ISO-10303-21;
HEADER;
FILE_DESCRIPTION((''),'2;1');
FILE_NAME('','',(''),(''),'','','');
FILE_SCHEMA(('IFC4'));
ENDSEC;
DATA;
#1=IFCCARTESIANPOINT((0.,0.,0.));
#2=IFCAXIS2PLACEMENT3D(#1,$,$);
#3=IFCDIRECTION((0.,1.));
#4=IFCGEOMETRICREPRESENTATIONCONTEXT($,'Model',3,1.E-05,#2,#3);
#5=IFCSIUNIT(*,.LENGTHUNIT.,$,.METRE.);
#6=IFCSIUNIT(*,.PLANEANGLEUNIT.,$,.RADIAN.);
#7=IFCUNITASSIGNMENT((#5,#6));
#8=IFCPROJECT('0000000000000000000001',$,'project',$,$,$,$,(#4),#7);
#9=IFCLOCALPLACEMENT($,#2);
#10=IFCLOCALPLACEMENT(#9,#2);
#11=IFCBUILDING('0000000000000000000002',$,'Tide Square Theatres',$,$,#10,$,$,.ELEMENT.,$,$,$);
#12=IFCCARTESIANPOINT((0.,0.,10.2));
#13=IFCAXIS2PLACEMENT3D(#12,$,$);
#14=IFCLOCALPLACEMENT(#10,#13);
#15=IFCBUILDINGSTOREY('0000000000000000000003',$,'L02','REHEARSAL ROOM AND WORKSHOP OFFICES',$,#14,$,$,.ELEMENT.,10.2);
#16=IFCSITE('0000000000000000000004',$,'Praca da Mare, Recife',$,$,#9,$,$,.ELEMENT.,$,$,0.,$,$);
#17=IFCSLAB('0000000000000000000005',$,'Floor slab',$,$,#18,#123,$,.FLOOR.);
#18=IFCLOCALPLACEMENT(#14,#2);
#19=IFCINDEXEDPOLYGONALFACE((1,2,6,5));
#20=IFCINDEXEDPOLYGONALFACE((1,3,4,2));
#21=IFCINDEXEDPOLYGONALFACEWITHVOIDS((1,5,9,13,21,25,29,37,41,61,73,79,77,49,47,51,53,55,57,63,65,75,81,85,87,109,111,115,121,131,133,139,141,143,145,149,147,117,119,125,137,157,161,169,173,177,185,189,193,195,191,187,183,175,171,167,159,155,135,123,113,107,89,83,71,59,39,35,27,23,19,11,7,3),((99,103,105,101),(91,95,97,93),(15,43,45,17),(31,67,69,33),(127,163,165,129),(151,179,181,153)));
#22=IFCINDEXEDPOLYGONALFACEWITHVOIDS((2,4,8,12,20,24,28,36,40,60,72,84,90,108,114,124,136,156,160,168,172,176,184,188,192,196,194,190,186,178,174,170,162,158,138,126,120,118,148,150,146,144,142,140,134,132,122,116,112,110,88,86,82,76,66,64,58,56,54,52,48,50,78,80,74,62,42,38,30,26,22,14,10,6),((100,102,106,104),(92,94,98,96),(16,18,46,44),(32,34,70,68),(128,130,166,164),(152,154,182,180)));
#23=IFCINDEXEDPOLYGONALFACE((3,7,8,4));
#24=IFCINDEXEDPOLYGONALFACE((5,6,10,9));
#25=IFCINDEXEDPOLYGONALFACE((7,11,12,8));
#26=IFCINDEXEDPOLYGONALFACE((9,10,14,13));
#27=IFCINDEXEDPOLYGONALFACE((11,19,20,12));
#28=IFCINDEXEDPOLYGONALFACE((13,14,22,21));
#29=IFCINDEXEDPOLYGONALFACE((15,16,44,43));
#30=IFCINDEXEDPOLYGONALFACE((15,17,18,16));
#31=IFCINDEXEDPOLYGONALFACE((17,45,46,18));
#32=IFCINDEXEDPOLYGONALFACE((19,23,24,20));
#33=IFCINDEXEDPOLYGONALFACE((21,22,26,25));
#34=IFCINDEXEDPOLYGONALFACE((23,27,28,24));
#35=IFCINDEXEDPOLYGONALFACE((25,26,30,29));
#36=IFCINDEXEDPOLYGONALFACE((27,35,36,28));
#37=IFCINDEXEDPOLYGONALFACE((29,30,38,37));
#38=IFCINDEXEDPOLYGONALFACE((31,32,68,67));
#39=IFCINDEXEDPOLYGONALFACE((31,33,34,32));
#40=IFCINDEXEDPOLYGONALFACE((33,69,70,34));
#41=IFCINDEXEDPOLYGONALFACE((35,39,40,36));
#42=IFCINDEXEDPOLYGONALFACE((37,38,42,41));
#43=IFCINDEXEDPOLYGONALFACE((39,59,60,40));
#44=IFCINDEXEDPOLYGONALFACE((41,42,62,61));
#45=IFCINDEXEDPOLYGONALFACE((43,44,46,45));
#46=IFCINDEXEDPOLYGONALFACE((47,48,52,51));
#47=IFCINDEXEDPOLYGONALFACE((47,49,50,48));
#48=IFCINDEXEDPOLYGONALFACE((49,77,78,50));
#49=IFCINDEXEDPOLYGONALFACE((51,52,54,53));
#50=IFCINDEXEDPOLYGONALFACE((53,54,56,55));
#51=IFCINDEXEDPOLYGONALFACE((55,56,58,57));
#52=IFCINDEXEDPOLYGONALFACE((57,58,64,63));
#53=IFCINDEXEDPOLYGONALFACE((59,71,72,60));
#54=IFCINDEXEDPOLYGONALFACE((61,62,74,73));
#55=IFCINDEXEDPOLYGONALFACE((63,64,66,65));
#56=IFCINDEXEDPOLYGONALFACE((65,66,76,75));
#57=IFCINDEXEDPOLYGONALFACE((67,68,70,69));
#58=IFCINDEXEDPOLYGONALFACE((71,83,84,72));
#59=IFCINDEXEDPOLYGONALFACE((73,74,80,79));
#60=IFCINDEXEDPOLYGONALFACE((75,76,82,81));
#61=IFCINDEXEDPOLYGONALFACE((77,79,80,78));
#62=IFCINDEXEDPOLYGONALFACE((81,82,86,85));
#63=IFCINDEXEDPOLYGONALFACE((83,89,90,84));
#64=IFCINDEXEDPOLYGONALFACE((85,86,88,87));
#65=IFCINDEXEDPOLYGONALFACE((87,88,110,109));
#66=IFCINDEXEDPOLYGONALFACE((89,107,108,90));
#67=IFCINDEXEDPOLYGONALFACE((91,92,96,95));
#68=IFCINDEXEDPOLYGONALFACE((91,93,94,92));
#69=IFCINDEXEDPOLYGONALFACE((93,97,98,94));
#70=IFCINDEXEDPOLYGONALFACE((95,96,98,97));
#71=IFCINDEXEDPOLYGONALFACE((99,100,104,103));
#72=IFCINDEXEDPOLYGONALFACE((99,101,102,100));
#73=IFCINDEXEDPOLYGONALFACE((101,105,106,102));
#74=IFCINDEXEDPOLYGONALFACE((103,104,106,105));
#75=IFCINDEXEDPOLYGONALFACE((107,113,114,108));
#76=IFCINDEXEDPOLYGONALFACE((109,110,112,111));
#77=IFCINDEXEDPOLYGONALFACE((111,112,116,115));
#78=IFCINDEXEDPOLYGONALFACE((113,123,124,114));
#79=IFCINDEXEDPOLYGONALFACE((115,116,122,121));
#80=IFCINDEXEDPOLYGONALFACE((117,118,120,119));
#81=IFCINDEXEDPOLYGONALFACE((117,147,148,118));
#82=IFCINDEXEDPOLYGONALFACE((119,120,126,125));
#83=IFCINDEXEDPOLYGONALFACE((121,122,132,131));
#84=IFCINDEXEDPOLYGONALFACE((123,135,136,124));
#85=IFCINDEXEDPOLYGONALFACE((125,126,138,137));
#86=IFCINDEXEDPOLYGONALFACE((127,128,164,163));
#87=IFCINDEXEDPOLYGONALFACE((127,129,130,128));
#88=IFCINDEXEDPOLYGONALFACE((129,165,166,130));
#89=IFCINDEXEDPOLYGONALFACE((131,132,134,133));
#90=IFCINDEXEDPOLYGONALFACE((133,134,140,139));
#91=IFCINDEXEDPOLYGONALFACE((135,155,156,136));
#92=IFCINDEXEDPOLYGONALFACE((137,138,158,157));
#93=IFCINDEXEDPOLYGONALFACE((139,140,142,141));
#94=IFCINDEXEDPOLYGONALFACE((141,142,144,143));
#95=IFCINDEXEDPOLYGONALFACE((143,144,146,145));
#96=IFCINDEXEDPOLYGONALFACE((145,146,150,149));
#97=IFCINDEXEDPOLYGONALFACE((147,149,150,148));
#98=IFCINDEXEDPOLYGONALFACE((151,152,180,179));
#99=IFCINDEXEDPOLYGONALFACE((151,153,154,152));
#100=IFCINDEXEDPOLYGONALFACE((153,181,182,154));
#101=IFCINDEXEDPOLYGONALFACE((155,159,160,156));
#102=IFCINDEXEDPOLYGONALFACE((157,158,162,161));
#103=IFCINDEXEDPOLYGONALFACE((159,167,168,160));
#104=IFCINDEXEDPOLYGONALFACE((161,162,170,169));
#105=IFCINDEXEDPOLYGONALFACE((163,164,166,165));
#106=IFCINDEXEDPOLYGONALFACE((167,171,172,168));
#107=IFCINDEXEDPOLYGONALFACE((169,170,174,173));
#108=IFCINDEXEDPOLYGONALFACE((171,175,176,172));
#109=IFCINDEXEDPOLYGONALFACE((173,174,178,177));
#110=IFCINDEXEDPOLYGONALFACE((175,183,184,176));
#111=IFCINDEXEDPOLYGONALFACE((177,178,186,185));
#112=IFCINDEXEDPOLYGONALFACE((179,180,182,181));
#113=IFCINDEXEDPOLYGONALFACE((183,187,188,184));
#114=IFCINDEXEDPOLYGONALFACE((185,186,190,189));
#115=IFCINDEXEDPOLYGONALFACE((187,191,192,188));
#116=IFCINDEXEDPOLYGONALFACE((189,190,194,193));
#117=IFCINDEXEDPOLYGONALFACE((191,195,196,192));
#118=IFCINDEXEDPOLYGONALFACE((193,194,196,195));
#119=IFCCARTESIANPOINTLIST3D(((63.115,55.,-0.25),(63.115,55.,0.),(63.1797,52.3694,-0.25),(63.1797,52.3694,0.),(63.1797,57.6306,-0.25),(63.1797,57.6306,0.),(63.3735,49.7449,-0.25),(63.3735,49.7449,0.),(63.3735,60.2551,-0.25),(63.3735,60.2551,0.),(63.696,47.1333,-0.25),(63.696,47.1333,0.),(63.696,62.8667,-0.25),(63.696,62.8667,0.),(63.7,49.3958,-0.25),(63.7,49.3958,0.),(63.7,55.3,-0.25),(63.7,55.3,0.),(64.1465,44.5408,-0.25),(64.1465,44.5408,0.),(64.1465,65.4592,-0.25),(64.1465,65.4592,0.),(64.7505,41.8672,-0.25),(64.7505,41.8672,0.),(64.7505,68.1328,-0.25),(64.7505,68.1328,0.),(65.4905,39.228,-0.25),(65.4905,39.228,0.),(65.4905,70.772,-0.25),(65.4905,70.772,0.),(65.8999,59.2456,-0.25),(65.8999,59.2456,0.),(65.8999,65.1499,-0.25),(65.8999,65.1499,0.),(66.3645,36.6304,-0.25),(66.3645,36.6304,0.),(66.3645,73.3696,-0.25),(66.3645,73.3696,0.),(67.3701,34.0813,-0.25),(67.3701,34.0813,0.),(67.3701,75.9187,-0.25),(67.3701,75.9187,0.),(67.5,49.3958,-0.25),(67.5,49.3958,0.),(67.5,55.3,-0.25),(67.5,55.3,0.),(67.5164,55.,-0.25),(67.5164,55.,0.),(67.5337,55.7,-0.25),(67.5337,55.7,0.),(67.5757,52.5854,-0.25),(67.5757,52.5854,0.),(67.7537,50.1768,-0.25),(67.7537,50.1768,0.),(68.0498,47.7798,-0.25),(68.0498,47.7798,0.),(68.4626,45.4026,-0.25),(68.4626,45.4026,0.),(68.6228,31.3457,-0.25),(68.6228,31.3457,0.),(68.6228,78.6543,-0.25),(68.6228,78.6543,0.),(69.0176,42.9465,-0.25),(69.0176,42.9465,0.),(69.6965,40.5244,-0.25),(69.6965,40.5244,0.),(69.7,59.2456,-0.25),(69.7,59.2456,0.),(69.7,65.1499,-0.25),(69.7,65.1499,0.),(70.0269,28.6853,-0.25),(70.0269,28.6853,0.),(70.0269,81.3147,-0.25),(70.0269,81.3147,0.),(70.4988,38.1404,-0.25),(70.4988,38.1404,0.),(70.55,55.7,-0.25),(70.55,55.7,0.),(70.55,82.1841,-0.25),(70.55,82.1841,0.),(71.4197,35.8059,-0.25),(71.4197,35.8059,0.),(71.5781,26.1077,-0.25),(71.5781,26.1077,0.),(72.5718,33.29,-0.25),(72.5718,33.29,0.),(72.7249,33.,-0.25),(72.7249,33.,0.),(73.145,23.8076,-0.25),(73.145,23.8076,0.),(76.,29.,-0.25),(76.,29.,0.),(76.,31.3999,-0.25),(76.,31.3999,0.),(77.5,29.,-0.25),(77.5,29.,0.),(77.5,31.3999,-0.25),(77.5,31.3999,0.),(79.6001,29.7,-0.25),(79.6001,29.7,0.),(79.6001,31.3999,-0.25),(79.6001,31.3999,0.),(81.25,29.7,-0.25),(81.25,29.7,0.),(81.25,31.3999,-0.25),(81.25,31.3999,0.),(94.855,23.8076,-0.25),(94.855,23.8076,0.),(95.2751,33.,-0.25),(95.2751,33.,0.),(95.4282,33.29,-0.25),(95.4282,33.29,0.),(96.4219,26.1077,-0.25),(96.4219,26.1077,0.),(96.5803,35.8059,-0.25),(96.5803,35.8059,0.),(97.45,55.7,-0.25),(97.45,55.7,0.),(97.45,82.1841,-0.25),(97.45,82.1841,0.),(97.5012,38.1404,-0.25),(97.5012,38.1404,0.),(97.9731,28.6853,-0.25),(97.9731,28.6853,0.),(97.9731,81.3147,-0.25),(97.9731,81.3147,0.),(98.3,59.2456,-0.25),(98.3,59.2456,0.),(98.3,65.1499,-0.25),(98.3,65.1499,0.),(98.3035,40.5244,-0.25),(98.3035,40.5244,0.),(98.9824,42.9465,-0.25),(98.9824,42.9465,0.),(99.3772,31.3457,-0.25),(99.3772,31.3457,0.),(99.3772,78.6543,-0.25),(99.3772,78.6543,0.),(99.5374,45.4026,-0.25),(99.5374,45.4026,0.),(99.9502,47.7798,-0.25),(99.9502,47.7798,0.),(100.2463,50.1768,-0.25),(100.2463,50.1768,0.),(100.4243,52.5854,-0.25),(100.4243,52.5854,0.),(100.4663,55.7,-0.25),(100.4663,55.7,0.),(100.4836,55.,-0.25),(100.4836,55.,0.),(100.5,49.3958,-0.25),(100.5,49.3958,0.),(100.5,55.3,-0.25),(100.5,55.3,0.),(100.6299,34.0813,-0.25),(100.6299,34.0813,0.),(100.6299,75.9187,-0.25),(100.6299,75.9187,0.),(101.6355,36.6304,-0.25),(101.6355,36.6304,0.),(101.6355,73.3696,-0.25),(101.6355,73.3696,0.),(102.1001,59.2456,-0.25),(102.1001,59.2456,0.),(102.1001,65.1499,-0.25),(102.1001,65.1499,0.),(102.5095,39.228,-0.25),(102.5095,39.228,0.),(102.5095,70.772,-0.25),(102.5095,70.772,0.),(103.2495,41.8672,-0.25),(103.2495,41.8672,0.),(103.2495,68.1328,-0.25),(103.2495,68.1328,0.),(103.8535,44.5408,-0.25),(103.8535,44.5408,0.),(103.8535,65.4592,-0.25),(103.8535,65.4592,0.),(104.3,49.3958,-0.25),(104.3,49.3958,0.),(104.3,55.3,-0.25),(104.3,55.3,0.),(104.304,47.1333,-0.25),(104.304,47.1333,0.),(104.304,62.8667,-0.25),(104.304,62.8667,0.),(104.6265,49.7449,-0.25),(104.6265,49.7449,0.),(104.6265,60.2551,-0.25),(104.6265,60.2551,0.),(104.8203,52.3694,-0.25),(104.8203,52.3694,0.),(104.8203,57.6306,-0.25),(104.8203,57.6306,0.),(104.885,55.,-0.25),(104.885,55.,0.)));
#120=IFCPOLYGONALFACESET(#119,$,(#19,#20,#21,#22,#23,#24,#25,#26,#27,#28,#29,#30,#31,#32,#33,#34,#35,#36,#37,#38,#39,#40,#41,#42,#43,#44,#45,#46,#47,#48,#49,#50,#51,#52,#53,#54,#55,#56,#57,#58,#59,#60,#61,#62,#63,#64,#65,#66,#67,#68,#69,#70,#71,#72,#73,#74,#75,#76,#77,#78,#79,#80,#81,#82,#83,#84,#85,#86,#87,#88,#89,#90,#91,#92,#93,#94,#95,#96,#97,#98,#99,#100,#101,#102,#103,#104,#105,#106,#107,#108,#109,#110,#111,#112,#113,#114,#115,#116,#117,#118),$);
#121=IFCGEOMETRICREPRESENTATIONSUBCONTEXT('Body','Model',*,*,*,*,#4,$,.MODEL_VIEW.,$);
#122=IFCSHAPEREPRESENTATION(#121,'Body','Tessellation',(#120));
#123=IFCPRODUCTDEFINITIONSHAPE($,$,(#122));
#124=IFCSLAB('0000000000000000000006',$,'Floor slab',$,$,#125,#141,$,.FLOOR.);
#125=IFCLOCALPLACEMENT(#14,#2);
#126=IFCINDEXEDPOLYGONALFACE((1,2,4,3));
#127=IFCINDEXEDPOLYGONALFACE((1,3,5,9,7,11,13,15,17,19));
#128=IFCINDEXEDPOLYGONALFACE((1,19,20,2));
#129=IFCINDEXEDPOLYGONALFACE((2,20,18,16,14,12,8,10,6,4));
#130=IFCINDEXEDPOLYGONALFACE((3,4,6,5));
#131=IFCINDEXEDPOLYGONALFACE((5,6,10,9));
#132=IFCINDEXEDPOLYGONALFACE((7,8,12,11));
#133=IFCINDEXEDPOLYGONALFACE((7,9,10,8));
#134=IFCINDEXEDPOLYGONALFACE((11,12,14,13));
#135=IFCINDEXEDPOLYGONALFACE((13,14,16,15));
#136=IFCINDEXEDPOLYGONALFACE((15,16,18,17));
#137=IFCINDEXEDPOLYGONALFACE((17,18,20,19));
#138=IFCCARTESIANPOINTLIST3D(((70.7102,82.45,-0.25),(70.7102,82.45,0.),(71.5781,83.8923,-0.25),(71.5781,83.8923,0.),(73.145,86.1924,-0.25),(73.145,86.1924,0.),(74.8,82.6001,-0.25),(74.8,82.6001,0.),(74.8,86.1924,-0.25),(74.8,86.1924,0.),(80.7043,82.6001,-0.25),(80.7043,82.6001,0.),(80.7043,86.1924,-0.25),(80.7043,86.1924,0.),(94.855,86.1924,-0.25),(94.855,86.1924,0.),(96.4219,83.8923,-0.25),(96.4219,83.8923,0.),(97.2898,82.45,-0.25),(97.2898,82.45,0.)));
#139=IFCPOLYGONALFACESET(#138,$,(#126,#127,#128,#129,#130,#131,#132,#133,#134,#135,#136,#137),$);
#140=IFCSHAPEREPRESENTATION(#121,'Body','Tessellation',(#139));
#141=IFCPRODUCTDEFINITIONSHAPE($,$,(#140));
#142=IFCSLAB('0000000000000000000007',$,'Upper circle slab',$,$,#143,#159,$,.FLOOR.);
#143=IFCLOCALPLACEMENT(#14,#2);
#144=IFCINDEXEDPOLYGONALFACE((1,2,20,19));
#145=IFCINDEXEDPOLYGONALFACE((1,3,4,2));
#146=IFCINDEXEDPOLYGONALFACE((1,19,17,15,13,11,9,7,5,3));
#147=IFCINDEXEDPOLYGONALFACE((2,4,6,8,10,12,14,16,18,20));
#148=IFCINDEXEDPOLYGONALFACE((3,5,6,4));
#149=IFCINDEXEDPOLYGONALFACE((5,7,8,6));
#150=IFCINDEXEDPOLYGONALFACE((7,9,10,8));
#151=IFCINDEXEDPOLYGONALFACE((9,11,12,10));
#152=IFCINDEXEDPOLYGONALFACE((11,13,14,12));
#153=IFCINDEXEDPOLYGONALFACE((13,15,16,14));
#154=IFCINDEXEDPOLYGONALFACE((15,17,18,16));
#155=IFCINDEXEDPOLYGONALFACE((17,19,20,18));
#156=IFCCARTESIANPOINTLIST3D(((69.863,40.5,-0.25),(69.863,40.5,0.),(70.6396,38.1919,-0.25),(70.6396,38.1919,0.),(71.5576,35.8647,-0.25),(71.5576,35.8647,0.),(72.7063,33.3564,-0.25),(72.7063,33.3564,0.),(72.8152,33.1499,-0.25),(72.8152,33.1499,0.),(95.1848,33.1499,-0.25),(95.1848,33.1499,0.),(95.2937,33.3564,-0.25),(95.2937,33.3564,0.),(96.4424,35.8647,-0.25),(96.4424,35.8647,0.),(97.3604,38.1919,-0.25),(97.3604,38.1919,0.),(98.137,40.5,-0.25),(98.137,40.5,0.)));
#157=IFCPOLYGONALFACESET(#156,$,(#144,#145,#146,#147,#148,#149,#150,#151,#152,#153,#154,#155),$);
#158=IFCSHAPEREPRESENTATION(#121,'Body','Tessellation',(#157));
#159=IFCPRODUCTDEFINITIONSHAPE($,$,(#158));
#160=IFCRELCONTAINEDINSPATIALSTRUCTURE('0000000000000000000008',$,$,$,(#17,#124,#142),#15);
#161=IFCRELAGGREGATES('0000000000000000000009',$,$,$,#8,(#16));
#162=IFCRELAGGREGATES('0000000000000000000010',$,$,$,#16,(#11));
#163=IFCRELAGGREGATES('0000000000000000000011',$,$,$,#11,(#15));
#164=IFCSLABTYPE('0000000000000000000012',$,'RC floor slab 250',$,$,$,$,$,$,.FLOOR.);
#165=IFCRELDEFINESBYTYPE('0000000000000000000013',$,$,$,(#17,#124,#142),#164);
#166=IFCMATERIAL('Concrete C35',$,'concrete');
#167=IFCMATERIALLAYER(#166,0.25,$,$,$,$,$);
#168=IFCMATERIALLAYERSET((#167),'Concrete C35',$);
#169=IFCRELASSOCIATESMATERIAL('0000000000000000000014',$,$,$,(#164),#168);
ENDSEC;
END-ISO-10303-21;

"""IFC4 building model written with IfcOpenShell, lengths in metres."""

from ifc_helpers import new_model, si_unit, direction, frame, origin, place, context, subcontext, project, spatial, polyline, outline, extrude, material, layer, layer_set, type_object, element, save


model = new_model("IFC4")

# Units and contexts
model_context = context("Model", 3, precision=1e-05, world=origin(), true_north=direction((0.0, 1.0)))
body_context = subcontext(model_context, "Body", "Model", "MODEL_VIEW")
ifc_project = project(units=[si_unit("LENGTHUNIT", "METRE"), si_unit("PLANEANGLEUNIT", "RADIAN")], contexts=[model_context])

# Site, building, storey
site_placement = place(None, origin())
site = spatial("IfcSite", under=ifc_project, at=site_placement, Name="Praca da Mare, Recife", CompositionType="ELEMENT", RefElevation=0.0)
building_placement = place(site_placement, origin())
building = spatial("IfcBuilding", under=site, at=building_placement, Name="Tide Square Theatres", CompositionType="ELEMENT")
storey_placement = place(building_placement, frame((0.0, 0.0, 10.2)))
storey = spatial("IfcBuildingStorey", under=building, at=storey_placement, Name="L02", Description="REHEARSAL ROOM AND WORKSHOP OFFICES", CompositionType="ELEMENT", Elevation=10.2)

# Slabs
ifc_material_1 = material(Name="Concrete C35", Category="concrete")
ifc_layer_1 = layer(ifc_material_1, 0.25)
ifc_layer_set_1 = layer_set([ifc_layer_1], Name="Concrete C35")
slab_type_1 = type_object("IfcSlabType", Name="RC floor slab 250", PredefinedType="FLOOR", material=ifc_layer_set_1)
slab_1_placement = place(storey_placement, frame((0.0, 0.0, -0.25)))
element("IfcSlab", 1, at=slab_1_placement, inside=storey, type_object=slab_type_1, Name="Floor slab", PredefinedType="FLOOR", context=body_context, shape_type="SweptSolid", body=[
    extrude(outline(polyline([(64.7505, 41.8672), (65.4905, 39.228), (66.3645, 36.6304), (67.3701, 34.0813), (68.6228, 31.3457), (70.0269, 28.6853), (71.5781, 26.1077), (73.145, 23.8076), (94.855, 23.8076), (96.4219, 26.1077), (97.9731, 28.6853), (99.3772, 31.3457), (100.6299, 34.0813), (101.6355, 36.6304), (102.5095, 39.228), (103.2495, 41.8672), (103.8535, 44.5408), (104.304, 47.1333), (104.6265, 49.7449), (104.8203, 52.3694), (104.885, 55.0), (104.8203, 57.6306), (104.6265, 60.2551), (104.304, 62.8667), (103.8535, 65.4592), (103.2495, 68.1328), (102.5095, 70.772), (101.6355, 73.3696), (100.6299, 75.9187), (99.3772, 78.6543), (97.9731, 81.3147), (97.45, 82.1841), (97.45, 55.7), (100.4663, 55.7), (100.4836, 55.0), (100.4243, 52.5854), (100.2463, 50.1768), (99.9502, 47.7798), (99.5374, 45.4026), (98.9824, 42.9465), (98.3035, 40.5244), (97.5012, 38.1404), (96.5803, 35.8059), (95.4282, 33.29), (95.2751, 33.0), (72.7249, 33.0), (72.5718, 33.29), (71.4197, 35.8059), (70.4988, 38.1404), (69.6965, 40.5244), (69.0176, 42.9465), (68.4626, 45.4026), (68.0498, 47.7798), (67.7537, 50.1768), (67.5757, 52.5854), (67.5164, 55.0), (67.5337, 55.7), (70.55, 55.7), (70.55, 82.1841), (70.0269, 81.3147), (68.6228, 78.6543), (67.3701, 75.9187), (66.3645, 73.3696), (65.4905, 70.772), (64.7505, 68.1328), (64.1465, 65.4592), (63.696, 62.8667), (63.3735, 60.2551), (63.1797, 57.6306), (63.115, 55.0), (63.1797, 52.3694), (63.3735, 49.7449), (63.696, 47.1333), (64.1465, 44.5408), (64.7505, 41.8672)]), holes=[polyline([(65.8999, 59.2456), (69.7, 59.2456), (69.7, 65.1499), (65.8999, 65.1499), (65.8999, 59.2456)]), polyline([(98.3, 65.1499), (98.3, 59.2456), (102.1001, 59.2456), (102.1001, 65.1499), (98.3, 65.1499)]), polyline([(67.5, 55.3), (63.7, 55.3), (63.7, 49.3958), (67.5, 49.3958), (67.5, 55.3)]), polyline([(104.3, 49.3958), (104.3, 55.3), (100.5, 55.3), (100.5, 49.3958), (104.3, 49.3958)]), polyline([(76.0, 31.3999), (76.0, 29.0), (77.5, 29.0), (77.5, 31.3999), (76.0, 31.3999)]), polyline([(81.25, 31.3999), (79.6001, 31.3999), (79.6001, 29.7), (81.25, 29.7), (81.25, 31.3999)])]), origin(), (0.0, 0.0, 1.0), 0.25),
])
slab_2_placement = place(storey_placement, frame((0.0, 0.0, -0.25)))
element("IfcSlab", 2, at=slab_2_placement, inside=storey, type_object=slab_type_1, Name="Floor slab", PredefinedType="FLOOR", context=body_context, shape_type="SweptSolid", body=[
    extrude(outline(polyline([(71.5781, 83.8923), (70.7102, 82.45), (97.2898, 82.45), (96.4219, 83.8923), (94.855, 86.1924), (80.7043, 86.1924), (80.7043, 82.6001), (74.8, 82.6001), (74.8, 86.1924), (73.145, 86.1924), (71.5781, 83.8923)])), origin(), (0.0, 0.0, 1.0), 0.25),
])
slab_3_placement = place(storey_placement, frame((0.0, 0.0, -0.25)))
element("IfcSlab", 3, at=slab_3_placement, inside=storey, type_object=slab_type_1, Name="Upper circle slab", PredefinedType="FLOOR", context=body_context, shape_type="SweptSolid", body=[
    extrude(outline(polyline([(71.5576, 35.8647), (72.7063, 33.3564), (72.8152, 33.1499), (95.1848, 33.1499), (95.2937, 33.3564), (96.4424, 35.8647), (97.3604, 38.1919), (98.137, 40.5), (69.863, 40.5), (70.6396, 38.1919), (71.5576, 35.8647)])), origin(), (0.0, 0.0, 1.0), 0.25),
])

save(model, "model.ifc")
